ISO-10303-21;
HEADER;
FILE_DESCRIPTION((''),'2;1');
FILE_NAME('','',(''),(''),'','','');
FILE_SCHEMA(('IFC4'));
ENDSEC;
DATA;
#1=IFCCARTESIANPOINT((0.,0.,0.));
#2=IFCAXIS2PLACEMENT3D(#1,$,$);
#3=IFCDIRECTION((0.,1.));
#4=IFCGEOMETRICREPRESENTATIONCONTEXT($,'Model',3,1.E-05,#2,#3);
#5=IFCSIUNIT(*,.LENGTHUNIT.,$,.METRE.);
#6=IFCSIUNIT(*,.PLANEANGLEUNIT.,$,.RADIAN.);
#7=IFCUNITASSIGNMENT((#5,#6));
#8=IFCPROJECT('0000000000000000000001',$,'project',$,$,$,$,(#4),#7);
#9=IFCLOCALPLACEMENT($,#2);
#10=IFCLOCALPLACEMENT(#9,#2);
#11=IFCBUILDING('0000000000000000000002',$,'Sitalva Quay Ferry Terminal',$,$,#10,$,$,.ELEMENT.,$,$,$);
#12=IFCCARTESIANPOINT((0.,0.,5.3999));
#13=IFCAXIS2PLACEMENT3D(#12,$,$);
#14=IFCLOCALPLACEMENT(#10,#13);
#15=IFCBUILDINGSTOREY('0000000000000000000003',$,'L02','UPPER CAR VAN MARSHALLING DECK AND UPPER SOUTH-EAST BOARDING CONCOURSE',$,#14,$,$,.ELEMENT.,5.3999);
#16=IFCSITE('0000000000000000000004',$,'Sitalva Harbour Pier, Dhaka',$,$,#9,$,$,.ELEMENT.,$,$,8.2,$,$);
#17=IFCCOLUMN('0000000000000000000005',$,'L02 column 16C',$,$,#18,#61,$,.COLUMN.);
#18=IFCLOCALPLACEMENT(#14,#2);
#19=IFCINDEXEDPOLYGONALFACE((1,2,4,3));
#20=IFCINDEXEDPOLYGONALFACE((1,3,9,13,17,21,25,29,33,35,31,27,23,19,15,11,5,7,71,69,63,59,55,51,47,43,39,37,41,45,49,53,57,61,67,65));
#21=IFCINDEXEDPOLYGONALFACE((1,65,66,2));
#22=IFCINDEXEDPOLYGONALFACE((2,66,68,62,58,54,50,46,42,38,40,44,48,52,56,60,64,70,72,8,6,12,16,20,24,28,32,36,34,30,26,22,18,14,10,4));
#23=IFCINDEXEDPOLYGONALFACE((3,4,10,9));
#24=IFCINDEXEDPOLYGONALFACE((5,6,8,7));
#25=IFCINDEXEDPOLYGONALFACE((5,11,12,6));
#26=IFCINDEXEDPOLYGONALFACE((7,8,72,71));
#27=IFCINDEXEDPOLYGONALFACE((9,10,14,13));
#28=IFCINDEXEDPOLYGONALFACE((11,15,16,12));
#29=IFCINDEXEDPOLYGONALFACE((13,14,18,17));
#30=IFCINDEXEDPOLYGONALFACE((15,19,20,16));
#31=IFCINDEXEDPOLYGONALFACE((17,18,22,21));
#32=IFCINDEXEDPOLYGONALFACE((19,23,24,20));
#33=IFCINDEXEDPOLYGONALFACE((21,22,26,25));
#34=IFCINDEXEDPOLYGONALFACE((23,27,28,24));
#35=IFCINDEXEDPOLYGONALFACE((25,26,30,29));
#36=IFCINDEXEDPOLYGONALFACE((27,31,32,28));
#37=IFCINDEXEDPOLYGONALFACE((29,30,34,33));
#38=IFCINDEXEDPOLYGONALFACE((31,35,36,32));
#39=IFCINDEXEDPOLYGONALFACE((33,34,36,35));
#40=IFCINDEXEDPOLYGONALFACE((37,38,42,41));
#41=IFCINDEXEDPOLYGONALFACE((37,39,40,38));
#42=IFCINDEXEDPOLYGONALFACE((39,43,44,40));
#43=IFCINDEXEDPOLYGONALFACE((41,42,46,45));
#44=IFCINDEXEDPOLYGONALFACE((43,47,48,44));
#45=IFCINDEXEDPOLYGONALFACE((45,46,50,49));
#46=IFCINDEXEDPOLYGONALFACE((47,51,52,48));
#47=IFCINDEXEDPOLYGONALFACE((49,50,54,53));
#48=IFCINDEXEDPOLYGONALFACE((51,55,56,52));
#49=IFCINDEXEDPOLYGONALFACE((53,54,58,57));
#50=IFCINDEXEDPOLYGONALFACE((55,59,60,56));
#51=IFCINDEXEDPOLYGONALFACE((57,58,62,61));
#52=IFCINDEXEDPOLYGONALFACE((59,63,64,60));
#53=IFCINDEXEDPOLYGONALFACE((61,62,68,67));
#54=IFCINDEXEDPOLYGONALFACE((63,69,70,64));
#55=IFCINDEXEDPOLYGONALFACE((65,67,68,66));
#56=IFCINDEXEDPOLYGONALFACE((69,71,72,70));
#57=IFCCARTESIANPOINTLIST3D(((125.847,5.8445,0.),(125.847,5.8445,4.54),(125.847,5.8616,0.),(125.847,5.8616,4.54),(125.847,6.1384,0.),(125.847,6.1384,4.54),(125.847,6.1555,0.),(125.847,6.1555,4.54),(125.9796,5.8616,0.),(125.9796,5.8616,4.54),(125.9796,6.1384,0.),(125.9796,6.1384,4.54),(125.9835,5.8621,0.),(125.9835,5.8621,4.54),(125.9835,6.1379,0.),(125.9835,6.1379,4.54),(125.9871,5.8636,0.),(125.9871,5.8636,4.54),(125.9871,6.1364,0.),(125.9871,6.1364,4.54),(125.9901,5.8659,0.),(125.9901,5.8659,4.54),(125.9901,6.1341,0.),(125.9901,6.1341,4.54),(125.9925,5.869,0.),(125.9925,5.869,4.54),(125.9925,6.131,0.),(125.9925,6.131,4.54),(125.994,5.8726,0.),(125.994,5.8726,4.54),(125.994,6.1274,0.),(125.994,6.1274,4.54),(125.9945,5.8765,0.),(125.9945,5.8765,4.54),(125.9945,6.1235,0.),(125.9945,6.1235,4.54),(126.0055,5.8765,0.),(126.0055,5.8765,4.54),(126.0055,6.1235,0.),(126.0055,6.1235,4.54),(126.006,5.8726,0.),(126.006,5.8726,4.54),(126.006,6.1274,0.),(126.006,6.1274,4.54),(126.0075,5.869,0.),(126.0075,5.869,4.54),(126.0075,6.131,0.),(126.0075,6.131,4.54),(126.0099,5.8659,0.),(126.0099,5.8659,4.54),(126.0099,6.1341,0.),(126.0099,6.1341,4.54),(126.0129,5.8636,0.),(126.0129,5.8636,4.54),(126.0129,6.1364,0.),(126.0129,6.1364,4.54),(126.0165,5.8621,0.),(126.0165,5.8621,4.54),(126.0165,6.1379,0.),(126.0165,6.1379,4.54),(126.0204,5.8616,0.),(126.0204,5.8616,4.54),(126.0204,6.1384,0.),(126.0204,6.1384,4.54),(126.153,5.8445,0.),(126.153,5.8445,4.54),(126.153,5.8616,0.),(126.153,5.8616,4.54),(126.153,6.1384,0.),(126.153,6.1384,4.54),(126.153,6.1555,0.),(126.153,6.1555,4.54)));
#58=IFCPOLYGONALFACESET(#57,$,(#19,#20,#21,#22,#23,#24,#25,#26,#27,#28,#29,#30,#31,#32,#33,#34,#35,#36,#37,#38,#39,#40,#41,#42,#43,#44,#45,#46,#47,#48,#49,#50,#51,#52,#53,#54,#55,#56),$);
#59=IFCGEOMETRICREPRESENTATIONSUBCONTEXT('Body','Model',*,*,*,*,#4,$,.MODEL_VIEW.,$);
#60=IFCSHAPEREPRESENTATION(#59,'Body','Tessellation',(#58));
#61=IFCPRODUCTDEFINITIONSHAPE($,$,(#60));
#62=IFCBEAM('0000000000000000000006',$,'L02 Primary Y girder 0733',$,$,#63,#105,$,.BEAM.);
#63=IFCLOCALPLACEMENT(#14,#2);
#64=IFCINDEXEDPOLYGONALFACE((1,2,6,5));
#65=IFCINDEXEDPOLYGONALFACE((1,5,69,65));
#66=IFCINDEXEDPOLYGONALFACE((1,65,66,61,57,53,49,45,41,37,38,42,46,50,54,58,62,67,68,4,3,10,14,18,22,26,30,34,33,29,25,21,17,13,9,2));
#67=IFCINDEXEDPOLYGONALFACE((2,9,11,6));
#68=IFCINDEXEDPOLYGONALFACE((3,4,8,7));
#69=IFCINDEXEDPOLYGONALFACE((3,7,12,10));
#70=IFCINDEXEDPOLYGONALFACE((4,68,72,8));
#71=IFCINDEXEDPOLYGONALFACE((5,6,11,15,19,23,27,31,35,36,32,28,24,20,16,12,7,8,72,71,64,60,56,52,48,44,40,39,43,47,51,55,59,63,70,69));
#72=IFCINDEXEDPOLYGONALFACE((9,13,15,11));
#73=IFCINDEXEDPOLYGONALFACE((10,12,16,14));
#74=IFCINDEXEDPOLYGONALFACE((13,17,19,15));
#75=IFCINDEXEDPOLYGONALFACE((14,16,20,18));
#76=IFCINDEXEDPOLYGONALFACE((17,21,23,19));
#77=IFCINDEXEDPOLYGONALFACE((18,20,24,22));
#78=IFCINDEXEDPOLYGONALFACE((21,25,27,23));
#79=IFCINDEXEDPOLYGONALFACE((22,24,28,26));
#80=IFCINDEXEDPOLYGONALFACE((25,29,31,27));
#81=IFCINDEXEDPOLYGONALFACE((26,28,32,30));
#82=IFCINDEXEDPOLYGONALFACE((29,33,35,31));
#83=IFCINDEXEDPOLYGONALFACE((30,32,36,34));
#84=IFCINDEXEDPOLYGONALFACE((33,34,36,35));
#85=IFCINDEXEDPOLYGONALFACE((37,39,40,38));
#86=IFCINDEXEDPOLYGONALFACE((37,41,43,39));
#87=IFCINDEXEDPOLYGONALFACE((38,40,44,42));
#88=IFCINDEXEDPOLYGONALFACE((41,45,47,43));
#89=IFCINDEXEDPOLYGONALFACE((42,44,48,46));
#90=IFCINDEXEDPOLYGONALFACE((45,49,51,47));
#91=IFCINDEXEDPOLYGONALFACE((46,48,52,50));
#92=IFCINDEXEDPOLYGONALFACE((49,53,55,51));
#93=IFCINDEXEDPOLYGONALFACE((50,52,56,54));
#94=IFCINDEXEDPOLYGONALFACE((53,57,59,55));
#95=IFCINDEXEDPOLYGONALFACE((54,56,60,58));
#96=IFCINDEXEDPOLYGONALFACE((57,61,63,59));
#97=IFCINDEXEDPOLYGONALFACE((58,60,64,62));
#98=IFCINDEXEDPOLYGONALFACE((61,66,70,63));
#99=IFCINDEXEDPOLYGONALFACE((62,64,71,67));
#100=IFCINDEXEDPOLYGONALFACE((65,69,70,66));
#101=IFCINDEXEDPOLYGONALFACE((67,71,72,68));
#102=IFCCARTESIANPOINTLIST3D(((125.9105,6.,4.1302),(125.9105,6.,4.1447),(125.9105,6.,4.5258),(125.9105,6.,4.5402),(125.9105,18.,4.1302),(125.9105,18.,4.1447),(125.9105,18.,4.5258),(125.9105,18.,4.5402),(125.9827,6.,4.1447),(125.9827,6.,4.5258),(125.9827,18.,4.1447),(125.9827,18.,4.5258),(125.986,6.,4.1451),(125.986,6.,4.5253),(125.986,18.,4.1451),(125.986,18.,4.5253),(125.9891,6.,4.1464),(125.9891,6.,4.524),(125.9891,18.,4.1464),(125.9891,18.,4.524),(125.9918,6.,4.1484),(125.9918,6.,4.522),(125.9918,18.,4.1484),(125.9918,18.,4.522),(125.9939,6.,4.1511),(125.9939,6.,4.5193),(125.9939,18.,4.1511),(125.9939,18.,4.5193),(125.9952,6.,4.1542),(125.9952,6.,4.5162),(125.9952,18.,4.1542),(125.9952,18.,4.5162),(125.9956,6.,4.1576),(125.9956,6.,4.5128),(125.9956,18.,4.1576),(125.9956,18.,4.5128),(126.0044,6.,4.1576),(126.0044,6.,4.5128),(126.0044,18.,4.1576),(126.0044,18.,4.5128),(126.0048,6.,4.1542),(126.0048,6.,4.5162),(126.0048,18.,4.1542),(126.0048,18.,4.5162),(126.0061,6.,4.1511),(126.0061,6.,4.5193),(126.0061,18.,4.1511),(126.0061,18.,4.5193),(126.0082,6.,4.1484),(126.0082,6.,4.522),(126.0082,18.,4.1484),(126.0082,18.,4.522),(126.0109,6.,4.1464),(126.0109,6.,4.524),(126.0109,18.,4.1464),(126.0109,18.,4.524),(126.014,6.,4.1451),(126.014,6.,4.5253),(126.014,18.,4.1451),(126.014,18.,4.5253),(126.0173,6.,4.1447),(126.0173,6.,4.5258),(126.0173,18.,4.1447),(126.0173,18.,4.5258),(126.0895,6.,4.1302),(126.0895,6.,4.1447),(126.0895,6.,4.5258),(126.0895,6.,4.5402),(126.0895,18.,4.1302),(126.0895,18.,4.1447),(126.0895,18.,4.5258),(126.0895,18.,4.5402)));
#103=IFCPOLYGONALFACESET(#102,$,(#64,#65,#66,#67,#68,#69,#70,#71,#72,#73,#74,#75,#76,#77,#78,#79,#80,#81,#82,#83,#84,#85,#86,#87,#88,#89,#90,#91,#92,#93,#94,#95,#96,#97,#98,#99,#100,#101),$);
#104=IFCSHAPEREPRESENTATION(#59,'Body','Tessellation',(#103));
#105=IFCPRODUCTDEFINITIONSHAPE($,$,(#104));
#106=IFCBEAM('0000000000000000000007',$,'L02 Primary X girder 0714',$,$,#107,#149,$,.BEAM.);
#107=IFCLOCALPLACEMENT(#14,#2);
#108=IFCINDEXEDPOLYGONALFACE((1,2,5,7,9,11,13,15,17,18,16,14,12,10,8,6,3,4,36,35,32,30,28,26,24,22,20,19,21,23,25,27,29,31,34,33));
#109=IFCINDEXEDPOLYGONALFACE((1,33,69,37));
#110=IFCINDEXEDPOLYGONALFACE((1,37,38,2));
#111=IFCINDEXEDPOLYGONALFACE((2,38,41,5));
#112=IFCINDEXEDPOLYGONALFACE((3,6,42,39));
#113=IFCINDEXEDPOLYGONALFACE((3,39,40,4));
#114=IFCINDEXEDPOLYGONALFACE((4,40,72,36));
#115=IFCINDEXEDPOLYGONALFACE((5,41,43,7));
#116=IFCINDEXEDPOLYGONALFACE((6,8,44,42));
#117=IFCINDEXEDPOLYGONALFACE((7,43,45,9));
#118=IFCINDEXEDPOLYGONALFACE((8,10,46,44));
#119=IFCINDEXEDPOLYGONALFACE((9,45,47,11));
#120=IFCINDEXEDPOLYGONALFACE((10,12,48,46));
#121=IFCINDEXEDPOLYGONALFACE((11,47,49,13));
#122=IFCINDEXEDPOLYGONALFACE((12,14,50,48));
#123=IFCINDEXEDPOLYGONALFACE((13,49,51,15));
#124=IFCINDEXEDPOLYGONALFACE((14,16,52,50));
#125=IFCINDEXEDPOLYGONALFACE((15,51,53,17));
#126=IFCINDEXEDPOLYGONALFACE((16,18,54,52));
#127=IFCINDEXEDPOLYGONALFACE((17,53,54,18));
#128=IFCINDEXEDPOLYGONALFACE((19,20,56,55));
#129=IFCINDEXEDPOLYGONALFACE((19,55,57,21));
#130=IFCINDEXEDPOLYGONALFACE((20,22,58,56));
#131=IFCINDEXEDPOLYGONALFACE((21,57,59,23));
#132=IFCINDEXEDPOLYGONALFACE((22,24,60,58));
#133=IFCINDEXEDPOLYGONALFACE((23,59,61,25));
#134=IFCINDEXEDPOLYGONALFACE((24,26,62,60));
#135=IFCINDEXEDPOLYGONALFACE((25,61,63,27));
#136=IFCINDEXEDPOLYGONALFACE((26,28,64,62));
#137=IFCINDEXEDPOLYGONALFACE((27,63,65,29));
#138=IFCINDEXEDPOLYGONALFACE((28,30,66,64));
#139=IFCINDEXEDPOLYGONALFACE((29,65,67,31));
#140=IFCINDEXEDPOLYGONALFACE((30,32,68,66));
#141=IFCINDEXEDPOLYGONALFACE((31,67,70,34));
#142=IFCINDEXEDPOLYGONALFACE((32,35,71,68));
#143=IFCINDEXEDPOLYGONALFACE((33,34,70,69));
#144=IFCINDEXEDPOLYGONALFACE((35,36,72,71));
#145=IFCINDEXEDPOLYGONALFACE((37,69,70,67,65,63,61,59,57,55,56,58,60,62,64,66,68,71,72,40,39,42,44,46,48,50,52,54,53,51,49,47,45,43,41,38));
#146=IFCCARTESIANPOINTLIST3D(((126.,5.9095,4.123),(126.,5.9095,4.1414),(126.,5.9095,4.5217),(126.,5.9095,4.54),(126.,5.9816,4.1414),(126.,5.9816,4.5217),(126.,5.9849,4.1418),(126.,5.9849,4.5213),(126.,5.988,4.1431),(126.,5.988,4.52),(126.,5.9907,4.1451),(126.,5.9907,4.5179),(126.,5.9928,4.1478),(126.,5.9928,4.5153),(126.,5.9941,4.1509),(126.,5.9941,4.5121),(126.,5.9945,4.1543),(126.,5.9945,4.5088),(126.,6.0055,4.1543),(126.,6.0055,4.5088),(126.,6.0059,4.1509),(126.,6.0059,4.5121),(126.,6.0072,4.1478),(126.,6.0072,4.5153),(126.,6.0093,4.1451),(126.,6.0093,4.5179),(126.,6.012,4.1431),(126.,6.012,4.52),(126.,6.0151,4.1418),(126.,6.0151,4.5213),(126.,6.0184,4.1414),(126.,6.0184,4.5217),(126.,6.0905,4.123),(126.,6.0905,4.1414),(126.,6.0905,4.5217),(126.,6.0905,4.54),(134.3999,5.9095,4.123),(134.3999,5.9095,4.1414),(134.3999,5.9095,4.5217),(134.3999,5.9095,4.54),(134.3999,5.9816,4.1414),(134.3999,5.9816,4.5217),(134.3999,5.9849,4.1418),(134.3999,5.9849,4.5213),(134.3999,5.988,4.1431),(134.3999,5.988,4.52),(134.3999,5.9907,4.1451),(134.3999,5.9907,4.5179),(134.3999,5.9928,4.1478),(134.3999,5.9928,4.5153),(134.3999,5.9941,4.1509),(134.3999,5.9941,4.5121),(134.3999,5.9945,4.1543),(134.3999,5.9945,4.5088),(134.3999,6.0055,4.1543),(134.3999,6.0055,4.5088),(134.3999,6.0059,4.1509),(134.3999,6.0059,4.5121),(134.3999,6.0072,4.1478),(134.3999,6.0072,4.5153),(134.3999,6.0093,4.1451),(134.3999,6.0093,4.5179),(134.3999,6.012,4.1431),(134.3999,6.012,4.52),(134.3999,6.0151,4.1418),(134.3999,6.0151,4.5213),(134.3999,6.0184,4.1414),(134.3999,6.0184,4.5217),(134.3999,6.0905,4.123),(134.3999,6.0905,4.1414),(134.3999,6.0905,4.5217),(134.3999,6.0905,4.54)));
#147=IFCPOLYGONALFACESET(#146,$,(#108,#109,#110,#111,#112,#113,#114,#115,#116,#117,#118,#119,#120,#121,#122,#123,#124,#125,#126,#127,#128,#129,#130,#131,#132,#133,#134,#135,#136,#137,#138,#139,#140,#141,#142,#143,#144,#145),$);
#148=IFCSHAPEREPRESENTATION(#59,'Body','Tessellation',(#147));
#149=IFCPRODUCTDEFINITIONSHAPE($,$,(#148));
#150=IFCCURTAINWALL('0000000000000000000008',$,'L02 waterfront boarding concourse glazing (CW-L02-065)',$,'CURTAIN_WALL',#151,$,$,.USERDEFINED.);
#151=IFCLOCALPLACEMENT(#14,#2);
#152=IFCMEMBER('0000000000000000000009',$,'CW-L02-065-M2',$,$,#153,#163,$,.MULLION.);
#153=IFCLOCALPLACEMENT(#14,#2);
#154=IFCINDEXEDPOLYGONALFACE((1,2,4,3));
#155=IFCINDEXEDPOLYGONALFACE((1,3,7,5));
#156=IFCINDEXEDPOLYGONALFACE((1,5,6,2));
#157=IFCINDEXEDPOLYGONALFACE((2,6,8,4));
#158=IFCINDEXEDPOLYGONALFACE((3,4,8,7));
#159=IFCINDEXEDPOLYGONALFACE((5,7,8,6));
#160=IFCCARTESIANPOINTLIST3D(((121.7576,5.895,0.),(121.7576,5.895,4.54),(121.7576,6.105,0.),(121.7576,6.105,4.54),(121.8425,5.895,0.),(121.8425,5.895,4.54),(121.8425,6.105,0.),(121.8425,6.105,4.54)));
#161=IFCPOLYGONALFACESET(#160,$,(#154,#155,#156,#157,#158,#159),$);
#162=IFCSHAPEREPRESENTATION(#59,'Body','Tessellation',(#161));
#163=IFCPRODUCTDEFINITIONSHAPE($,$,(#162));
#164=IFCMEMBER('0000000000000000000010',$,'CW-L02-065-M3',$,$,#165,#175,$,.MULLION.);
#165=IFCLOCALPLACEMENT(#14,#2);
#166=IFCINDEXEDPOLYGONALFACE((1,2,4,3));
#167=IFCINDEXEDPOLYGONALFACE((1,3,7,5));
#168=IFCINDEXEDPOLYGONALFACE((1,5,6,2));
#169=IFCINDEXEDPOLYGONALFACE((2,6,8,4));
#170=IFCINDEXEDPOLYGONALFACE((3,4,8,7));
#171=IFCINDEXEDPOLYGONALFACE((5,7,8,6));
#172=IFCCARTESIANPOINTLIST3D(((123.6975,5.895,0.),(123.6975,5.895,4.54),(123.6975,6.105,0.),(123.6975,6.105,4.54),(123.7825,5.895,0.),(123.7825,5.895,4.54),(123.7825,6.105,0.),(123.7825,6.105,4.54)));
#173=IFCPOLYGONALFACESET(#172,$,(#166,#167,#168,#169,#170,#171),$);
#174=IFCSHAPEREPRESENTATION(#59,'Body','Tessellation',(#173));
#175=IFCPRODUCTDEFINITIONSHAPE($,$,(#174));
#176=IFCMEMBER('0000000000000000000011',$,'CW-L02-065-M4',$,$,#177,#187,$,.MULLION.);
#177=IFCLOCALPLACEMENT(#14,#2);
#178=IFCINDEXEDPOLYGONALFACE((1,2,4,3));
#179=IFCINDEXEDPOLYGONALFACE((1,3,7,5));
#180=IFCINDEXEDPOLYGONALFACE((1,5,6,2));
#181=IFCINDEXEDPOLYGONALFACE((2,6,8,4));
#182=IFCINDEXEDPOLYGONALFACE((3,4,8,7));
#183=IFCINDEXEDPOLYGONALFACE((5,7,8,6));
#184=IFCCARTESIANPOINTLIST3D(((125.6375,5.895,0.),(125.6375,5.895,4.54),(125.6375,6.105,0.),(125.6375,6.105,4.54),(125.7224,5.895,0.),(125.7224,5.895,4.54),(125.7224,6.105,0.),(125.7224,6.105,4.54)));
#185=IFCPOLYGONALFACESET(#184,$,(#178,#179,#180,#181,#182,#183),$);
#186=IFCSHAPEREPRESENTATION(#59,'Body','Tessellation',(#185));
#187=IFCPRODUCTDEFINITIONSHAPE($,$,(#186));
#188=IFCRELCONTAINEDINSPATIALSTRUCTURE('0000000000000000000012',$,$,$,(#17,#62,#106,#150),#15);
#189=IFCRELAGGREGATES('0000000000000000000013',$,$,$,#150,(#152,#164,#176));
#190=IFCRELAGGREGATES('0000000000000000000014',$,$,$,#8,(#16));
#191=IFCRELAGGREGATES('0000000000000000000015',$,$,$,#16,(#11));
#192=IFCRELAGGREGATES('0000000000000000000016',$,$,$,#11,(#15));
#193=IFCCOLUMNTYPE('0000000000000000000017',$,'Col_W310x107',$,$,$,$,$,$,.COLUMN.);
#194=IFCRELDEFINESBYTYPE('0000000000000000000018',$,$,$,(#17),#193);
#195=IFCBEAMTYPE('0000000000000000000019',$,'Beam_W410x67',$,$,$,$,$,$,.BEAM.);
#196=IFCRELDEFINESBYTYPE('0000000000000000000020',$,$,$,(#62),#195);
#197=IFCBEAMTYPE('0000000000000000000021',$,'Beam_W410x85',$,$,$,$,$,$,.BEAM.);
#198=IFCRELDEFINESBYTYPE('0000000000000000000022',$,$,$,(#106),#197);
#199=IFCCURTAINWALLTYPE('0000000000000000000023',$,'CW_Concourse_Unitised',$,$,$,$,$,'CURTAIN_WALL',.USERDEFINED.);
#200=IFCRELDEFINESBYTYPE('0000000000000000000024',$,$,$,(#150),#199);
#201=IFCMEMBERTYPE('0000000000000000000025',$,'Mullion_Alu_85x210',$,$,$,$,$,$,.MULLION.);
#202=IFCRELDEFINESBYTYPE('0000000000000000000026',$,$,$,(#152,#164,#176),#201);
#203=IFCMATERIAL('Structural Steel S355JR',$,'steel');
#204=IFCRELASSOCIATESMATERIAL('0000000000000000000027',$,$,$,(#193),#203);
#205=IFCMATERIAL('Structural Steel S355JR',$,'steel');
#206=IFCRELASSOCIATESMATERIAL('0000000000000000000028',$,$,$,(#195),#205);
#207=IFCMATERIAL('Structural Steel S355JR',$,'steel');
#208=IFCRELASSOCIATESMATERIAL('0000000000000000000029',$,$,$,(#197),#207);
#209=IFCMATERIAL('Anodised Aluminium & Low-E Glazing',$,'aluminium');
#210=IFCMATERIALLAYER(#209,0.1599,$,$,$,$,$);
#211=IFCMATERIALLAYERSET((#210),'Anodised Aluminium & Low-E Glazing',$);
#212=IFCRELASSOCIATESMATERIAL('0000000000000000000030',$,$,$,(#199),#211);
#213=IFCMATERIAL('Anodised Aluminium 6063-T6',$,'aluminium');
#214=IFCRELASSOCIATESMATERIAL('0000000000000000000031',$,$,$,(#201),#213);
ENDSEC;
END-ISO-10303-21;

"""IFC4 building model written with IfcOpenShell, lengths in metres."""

from ifc_helpers import new_model, si_unit, direction, frame, origin, origin_2d, place, context, subcontext, project, spatial, rectangle, i_section, extrude, material, layer, layer_set, material_profile, profile_set, type_object, element, aggregate, save


model = new_model("IFC4")

# Units and contexts
model_context = context("Model", 3, precision=1e-05, world=origin(), true_north=direction((0.0, 1.0)))
body_context = subcontext(model_context, "Body", "Model", "MODEL_VIEW")
ifc_project = project(units=[si_unit("LENGTHUNIT", "METRE"), si_unit("PLANEANGLEUNIT", "RADIAN")], contexts=[model_context])

# Site, building, storey
site_placement = place(None, origin())
site = spatial("IfcSite", under=ifc_project, at=site_placement, Name="Sitalva Harbour Pier, Dhaka", CompositionType="ELEMENT", RefElevation=8.2)
building_placement = place(site_placement, origin())
building = spatial("IfcBuilding", under=site, at=building_placement, Name="Sitalva Quay Ferry Terminal", CompositionType="ELEMENT")
storey_placement = place(building_placement, frame((0.0, 0.0, 5.3999)))
storey = spatial("IfcBuildingStorey", under=building, at=storey_placement, Name="L02", Description="UPPER CAR VAN MARSHALLING DECK AND UPPER SOUTH-EAST BOARDING CONCOURSE", CompositionType="ELEMENT", Elevation=5.3999)

# Column
ifc_material_1 = material(Name="Structural Steel S355JR", Category="steel")
ifc_material_profile_1 = material_profile(ifc_material_1, i_section(OverallWidth=0.3059, OverallDepth=0.311, WebThickness=0.011, FlangeThickness=0.0171, FilletRadius=0.0149, at=origin_2d()), Name="W310x107")
ifc_profile_set_1 = profile_set([ifc_material_profile_1], Name="Structural Steel S355JR")
column_type = type_object("IfcColumnType", Name="Col_W310x107", PredefinedType="COLUMN", material=ifc_profile_set_1)
column_placement = place(storey_placement, frame((126.0, 6.0, 0.0), z_axis=(0.0, 0.0, 1.0), x_axis=(1.0, 0.0, 0.0)))
element("IfcColumn", 1, at=column_placement, inside=storey, type_object=column_type, Name="L02 column 16C", PredefinedType="COLUMN", context=body_context, shape_type="SweptSolid", body=[
    extrude(i_section(OverallWidth=0.3059, OverallDepth=0.311, WebThickness=0.011, FlangeThickness=0.0171, FilletRadius=0.0149, at=origin_2d()), origin(), (0.0, 0.0, 1.0), 4.54),
])

# Beams
ifc_material_2 = material(Name="Structural Steel S355JR", Category="steel")
ifc_material_profile_2 = material_profile(ifc_material_2, i_section(OverallWidth=0.179, OverallDepth=0.4099, WebThickness=0.0088, FlangeThickness=0.0144, FilletRadius=0.0129, at=origin_2d()), Name="W410x67")
ifc_profile_set_2 = profile_set([ifc_material_profile_2], Name="Structural Steel S355JR")
beam_type_1 = type_object("IfcBeamType", Name="Beam_W410x67", PredefinedType="BEAM", material=ifc_profile_set_2)
beam_1_placement = place(storey_placement, frame((126.0, 6.0, 4.3352), z_axis=(0.0, 1.0, 0.0), x_axis=(-1.0, 0.0, 0.0)))
element("IfcBeam", 2, at=beam_1_placement, inside=storey, type_object=beam_type_1, Name="L02 Primary Y girder 0733", PredefinedType="BEAM", context=body_context, shape_type="SweptSolid", body=[
    extrude(i_section(OverallWidth=0.179, OverallDepth=0.4099, WebThickness=0.0088, FlangeThickness=0.0144, FilletRadius=0.0129, at=origin_2d()), origin(), (0.0, 0.0, 1.0), 12.0),
])
ifc_material_3 = material(Name="Structural Steel S355JR", Category="steel")
ifc_material_profile_3 = material_profile(ifc_material_3, i_section(OverallWidth=0.1809, OverallDepth=0.417, WebThickness=0.011, FlangeThickness=0.0183, FilletRadius=0.0129, at=origin_2d()), Name="W410x85")
ifc_profile_set_3 = profile_set([ifc_material_profile_3], Name="Structural Steel S355JR")
beam_type_2 = type_object("IfcBeamType", Name="Beam_W410x85", PredefinedType="BEAM", material=ifc_profile_set_3)
beam_2_placement = place(storey_placement, frame((126.0, 6.0, 4.3315), z_axis=(1.0, 0.0, 0.0), x_axis=(0.0, 1.0, 0.0)))
element("IfcBeam", 3, at=beam_2_placement, inside=storey, type_object=beam_type_2, Name="L02 Primary X girder 0714", PredefinedType="BEAM", context=body_context, shape_type="SweptSolid", body=[
    extrude(i_section(OverallWidth=0.1809, OverallDepth=0.417, WebThickness=0.011, FlangeThickness=0.0183, FilletRadius=0.0129, at=origin_2d()), origin(), (0.0, 0.0, 1.0), 8.3999),
])

# Curtain wall, members
ifc_material_4 = material(Name="Anodised Aluminium & Low-E Glazing", Category="aluminium")
ifc_layer_1 = layer(ifc_material_4, 0.1599)
ifc_layer_set_1 = layer_set([ifc_layer_1], Name="Anodised Aluminium & Low-E Glazing")
curtain_wall_type = type_object("IfcCurtainWallType", Name="CW_Concourse_Unitised", ElementType="CURTAIN_WALL", PredefinedType="USERDEFINED", material=ifc_layer_set_1)
curtain_wall_placement = place(storey_placement, origin())
curtain_wall = element("IfcCurtainWall", 4, at=curtain_wall_placement, inside=storey, type_object=curtain_wall_type, Name="L02 waterfront boarding concourse glazing (CW-L02-065)", ObjectType="CURTAIN_WALL", PredefinedType="USERDEFINED")
ifc_material_5 = material(Name="Anodised Aluminium 6063-T6", Category="aluminium")
ifc_material_profile_4 = material_profile(ifc_material_5, rectangle(XDim=0.085, YDim=0.21, at=origin_2d()), Name="ALU85x210")
ifc_profile_set_4 = profile_set([ifc_material_profile_4], Name="Anodised Aluminium 6063-T6")
member_type_1 = type_object("IfcMemberType", Name="Mullion_Alu_85x210", PredefinedType="MULLION", material=ifc_profile_set_4)
member_1_placement = place(storey_placement, frame((121.8, 6.0, 0.0), z_axis=(0.0, 0.0, 1.0), x_axis=(1.0, 0.0, 0.0)))
member_1 = element("IfcMember", 5, at=member_1_placement, type_object=member_type_1, Name="CW-L02-065-M2", PredefinedType="MULLION", context=body_context, shape_type="SweptSolid", body=[
    extrude(rectangle(XDim=0.085, YDim=0.21, at=origin_2d()), origin(), (0.0, 0.0, 1.0), 4.54),
])
member_2_placement = place(storey_placement, frame((123.74, 6.0, 0.0), z_axis=(0.0, 0.0, 1.0), x_axis=(1.0, 0.0, 0.0)))
member_2 = element("IfcMember", 6, at=member_2_placement, type_object=member_type_1, Name="CW-L02-065-M3", PredefinedType="MULLION", context=body_context, shape_type="SweptSolid", body=[
    extrude(rectangle(XDim=0.085, YDim=0.21, at=origin_2d()), origin(), (0.0, 0.0, 1.0), 4.54),
])
member_3_placement = place(storey_placement, frame((125.6799, 6.0, 0.0), z_axis=(0.0, 0.0, 1.0), x_axis=(1.0, 0.0, 0.0)))
member_3 = element("IfcMember", 7, at=member_3_placement, type_object=member_type_1, Name="CW-L02-065-M4", PredefinedType="MULLION", context=body_context, shape_type="SweptSolid", body=[
    extrude(rectangle(XDim=0.085, YDim=0.21, at=origin_2d()), origin(), (0.0, 0.0, 1.0), 4.54),
])

aggregate(curtain_wall, [member_1, member_2, member_3])

save(model, "model.ifc")
